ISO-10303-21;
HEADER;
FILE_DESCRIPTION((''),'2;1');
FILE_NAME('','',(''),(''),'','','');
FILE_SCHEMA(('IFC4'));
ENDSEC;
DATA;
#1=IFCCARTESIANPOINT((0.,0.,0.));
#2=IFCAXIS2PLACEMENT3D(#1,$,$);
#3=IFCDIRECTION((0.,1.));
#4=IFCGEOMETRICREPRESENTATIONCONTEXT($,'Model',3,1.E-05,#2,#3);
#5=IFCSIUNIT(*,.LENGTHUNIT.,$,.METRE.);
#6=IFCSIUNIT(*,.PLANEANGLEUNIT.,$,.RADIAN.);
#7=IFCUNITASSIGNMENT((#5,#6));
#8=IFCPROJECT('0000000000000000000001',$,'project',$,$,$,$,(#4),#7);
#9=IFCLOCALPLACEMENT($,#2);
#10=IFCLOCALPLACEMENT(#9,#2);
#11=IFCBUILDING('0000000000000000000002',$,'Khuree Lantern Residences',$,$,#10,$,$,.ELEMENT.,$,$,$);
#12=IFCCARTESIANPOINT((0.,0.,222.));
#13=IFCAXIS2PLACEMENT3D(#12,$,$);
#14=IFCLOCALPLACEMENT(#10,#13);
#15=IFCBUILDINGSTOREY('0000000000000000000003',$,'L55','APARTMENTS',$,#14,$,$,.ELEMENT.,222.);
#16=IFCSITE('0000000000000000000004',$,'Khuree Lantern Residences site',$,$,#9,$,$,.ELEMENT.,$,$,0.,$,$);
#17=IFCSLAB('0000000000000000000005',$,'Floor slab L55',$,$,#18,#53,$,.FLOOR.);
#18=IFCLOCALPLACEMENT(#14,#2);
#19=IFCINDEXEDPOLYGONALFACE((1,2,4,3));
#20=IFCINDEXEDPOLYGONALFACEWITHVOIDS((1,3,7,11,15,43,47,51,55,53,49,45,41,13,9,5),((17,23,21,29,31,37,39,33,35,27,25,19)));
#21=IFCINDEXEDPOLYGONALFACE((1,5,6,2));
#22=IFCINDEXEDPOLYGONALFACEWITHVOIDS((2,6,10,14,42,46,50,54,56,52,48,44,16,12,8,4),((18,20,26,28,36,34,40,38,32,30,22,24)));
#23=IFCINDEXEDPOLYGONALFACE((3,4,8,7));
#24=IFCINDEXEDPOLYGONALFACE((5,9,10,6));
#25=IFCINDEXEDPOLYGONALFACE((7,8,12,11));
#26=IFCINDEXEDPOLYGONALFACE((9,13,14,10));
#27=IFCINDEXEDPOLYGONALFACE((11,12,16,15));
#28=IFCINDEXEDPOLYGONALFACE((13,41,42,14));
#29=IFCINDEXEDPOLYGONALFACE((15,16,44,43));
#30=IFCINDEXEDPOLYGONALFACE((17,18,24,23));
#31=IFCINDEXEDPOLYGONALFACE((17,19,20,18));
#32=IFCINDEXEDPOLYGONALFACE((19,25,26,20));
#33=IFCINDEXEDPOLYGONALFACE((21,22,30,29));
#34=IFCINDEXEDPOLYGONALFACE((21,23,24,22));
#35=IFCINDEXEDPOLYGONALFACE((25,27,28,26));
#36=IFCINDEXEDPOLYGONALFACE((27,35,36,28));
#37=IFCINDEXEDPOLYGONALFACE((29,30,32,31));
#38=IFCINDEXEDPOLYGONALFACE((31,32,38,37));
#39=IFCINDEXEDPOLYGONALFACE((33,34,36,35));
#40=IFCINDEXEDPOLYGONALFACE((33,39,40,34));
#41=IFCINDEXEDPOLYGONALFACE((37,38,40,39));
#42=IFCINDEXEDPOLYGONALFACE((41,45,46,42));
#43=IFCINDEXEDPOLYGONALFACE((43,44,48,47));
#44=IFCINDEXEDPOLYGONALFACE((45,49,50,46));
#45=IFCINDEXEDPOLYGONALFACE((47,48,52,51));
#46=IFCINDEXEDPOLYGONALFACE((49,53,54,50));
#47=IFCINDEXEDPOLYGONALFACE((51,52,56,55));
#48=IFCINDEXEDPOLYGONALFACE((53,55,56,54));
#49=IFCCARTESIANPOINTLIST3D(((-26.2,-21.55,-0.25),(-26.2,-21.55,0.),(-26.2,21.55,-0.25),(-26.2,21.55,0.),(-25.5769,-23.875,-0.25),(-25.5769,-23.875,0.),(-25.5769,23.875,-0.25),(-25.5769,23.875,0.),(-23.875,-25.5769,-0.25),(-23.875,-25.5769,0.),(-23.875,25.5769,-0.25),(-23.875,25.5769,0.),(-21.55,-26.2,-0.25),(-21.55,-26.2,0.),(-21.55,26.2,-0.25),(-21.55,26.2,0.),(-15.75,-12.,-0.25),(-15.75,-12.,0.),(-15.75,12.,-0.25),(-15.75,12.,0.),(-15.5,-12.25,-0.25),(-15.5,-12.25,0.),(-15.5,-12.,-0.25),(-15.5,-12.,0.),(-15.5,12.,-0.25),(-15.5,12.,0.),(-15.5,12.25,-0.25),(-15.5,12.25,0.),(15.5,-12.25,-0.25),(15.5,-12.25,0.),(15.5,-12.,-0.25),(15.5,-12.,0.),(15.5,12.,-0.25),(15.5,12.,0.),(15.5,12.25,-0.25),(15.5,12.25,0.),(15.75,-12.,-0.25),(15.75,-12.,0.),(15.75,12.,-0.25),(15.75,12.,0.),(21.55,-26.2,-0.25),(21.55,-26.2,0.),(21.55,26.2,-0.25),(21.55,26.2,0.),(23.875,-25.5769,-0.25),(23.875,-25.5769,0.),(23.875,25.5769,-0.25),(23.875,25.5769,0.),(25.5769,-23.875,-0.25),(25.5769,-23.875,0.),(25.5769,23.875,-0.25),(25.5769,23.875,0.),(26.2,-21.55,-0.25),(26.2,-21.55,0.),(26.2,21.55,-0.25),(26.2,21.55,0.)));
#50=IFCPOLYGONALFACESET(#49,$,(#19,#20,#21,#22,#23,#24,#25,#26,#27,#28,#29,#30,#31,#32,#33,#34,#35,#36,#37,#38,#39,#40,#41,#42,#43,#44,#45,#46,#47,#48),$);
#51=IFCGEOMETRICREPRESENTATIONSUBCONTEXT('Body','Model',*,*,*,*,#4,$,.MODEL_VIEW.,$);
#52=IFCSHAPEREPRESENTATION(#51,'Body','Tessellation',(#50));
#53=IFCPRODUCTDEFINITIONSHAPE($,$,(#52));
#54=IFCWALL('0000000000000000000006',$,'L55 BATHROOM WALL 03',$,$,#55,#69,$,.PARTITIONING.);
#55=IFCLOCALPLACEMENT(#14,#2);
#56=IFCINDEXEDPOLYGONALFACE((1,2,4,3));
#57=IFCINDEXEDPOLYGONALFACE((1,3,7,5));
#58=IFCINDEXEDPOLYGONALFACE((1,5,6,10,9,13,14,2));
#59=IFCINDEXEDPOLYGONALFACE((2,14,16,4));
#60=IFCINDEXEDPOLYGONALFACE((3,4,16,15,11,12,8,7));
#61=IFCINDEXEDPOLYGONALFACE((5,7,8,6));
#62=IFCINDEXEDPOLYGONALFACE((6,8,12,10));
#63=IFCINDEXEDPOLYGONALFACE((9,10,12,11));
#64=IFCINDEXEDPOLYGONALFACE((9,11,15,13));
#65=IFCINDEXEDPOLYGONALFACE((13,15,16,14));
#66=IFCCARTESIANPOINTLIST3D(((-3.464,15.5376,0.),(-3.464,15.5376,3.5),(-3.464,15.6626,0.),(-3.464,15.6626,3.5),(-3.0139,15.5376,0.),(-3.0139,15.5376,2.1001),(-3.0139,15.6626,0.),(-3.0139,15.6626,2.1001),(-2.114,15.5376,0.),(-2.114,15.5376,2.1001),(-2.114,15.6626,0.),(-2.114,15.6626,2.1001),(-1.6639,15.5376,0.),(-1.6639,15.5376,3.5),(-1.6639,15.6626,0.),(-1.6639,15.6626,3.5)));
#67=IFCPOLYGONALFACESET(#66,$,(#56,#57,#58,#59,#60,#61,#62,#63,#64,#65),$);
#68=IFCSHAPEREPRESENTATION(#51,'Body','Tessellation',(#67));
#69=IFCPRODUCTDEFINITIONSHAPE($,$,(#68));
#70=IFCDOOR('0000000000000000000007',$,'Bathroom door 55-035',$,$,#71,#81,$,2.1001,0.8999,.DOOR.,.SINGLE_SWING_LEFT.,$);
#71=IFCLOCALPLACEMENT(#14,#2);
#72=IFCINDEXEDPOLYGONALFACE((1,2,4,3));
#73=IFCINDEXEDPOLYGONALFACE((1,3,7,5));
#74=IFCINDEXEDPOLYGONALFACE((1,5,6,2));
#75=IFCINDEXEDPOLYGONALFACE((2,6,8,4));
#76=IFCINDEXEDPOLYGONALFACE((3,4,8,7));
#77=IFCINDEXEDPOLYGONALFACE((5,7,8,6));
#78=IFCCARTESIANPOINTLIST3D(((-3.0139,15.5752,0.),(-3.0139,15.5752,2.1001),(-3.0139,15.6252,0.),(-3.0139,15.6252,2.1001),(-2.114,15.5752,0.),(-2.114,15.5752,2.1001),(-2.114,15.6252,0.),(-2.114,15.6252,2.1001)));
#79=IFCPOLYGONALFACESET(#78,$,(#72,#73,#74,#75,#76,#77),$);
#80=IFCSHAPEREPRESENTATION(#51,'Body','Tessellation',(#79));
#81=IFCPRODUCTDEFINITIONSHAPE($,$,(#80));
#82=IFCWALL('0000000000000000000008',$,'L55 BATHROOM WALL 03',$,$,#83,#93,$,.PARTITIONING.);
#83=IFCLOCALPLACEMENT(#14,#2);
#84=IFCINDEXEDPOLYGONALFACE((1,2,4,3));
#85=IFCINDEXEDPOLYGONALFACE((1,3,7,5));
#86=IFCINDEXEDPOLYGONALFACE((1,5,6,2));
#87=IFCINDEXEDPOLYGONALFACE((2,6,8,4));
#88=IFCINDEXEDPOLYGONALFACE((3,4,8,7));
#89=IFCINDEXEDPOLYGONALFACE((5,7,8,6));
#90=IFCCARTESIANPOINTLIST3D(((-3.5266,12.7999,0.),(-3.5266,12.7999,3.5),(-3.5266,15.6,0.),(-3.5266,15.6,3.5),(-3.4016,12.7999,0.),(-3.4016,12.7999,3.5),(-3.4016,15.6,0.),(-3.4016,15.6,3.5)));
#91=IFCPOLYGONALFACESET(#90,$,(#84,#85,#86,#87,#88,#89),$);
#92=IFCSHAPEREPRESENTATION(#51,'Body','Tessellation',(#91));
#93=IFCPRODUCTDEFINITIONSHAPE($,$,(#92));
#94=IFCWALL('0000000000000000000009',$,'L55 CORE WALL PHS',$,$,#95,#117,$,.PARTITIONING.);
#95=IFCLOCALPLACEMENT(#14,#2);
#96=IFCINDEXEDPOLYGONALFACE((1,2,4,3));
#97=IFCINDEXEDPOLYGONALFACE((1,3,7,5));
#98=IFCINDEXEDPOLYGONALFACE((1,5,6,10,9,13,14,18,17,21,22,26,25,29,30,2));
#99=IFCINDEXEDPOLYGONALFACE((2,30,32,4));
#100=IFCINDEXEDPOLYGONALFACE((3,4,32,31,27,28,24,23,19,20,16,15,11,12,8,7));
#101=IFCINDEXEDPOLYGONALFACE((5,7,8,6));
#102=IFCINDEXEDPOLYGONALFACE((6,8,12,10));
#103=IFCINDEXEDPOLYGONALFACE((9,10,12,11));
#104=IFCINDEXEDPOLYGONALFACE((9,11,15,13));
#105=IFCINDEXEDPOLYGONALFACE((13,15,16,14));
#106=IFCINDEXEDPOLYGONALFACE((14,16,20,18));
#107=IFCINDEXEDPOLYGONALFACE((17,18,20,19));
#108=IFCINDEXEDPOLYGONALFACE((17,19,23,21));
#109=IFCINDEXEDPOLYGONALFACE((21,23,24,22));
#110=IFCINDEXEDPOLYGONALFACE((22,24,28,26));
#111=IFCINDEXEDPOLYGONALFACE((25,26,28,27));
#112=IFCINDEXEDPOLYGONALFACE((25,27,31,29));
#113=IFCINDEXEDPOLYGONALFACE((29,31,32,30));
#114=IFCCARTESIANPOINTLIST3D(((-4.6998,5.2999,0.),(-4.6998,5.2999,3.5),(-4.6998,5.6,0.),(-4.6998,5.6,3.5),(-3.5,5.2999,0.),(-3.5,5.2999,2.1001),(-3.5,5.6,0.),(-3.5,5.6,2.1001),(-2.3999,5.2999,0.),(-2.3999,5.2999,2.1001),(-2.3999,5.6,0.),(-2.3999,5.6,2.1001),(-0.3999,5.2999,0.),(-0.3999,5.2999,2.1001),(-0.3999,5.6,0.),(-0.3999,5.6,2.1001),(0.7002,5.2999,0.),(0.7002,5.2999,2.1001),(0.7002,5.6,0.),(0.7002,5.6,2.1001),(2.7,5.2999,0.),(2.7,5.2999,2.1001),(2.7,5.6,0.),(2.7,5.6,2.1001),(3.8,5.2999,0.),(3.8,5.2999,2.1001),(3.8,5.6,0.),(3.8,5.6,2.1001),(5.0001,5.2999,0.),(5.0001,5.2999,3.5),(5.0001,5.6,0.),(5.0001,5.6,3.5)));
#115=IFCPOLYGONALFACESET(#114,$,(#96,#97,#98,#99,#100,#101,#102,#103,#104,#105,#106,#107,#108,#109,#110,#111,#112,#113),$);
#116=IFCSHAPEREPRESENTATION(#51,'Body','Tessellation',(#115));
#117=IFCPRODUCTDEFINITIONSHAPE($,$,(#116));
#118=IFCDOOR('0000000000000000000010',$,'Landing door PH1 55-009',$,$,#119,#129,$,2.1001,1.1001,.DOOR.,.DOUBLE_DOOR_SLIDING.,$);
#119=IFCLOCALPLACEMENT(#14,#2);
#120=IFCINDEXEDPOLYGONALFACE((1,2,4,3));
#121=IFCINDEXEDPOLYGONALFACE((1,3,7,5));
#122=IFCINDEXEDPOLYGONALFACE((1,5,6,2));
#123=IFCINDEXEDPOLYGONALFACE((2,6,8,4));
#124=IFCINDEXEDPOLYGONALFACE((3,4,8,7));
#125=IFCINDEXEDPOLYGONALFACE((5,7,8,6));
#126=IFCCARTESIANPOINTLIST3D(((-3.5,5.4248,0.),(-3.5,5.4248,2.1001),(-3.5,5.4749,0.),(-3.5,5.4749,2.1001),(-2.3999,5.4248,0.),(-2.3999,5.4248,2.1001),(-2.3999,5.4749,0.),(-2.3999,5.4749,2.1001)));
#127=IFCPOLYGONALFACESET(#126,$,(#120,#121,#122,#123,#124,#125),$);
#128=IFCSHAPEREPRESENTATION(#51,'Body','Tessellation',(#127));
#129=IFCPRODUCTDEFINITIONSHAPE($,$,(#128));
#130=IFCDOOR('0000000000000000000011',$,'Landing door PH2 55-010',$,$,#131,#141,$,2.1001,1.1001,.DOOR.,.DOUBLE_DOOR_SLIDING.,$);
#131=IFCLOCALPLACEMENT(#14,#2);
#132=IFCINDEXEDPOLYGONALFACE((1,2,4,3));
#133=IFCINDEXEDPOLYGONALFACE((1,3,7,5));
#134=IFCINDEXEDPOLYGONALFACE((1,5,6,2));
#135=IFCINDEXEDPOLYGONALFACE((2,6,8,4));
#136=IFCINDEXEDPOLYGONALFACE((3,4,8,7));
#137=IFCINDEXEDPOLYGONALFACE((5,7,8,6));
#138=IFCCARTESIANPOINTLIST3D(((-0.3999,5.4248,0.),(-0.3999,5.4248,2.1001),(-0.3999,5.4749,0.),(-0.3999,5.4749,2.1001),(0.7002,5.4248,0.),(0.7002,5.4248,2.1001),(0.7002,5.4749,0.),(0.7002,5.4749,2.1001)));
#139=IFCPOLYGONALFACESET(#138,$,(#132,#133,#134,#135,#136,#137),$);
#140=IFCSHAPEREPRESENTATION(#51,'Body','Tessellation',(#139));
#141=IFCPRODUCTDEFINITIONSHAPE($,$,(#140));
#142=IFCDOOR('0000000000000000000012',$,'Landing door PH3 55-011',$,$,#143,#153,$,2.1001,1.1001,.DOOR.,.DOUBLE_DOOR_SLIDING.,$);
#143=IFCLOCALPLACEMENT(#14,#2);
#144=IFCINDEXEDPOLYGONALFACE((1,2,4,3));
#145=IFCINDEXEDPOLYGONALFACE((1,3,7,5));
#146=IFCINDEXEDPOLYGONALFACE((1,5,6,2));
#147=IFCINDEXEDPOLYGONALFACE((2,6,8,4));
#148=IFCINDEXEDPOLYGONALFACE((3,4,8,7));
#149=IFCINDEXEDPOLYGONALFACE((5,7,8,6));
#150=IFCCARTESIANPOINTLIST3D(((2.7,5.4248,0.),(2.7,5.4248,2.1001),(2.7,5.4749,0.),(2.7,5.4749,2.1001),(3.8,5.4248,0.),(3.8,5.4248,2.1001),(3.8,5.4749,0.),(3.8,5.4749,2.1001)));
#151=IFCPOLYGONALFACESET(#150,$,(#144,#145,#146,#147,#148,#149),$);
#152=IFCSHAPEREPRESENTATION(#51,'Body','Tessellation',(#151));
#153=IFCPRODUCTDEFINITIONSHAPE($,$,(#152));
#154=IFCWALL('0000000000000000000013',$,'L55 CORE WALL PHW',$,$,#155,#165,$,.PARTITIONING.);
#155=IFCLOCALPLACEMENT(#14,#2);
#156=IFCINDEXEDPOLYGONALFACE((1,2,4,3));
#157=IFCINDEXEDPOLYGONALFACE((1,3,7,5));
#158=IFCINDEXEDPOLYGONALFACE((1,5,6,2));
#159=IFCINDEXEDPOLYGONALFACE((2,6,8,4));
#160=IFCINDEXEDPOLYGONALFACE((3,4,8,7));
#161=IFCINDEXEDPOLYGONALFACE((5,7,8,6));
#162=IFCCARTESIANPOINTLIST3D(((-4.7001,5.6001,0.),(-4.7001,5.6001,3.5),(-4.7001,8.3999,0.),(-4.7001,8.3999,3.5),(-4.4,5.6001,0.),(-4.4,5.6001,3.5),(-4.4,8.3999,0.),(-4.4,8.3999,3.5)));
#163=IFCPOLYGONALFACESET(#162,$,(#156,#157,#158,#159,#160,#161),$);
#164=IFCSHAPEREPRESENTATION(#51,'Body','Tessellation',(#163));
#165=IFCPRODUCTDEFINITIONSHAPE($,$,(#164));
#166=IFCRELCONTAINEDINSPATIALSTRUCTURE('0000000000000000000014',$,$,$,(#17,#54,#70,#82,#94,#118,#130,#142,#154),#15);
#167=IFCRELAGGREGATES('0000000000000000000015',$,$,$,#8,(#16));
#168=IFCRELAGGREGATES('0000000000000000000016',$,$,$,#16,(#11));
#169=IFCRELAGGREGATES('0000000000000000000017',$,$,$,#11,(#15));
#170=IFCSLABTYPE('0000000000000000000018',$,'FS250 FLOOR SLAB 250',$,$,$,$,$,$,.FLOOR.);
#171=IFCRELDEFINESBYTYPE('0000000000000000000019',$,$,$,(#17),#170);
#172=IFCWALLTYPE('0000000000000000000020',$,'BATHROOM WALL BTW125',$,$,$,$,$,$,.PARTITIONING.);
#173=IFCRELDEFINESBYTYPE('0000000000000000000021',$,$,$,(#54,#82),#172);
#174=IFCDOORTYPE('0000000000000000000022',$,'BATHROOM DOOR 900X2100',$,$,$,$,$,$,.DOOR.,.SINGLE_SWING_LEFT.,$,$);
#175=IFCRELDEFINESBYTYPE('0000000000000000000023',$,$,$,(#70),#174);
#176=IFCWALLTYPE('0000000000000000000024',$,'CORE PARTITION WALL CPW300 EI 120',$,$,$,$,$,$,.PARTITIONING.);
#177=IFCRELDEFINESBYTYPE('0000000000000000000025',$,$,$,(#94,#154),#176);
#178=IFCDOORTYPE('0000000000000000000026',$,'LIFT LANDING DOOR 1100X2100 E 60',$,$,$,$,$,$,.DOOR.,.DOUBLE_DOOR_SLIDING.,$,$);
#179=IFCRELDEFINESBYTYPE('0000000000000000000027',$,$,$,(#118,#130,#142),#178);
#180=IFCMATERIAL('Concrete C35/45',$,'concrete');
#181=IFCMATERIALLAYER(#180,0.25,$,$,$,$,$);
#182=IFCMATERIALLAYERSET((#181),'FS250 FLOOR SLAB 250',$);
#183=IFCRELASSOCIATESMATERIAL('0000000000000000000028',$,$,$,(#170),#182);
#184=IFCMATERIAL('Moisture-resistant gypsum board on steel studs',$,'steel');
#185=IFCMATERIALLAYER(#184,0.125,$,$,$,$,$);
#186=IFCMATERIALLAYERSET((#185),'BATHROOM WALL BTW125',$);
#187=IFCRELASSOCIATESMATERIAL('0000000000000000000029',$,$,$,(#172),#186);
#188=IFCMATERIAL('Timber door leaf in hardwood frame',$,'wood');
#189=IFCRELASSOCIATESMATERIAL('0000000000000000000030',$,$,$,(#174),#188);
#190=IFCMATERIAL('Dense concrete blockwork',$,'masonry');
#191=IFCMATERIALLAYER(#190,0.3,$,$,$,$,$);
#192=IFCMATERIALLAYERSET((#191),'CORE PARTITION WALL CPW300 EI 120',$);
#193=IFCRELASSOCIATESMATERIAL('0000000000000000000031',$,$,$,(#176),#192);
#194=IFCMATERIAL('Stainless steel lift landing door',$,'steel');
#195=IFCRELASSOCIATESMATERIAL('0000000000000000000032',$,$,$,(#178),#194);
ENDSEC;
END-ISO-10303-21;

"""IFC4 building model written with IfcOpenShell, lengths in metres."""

from ifc_helpers import new_model, si_unit, direction, frame, frame_2d, origin, place, context, subcontext, project, spatial, polyline, rectangle, outline, extrude, material, layer, layer_set, type_object, element, fill, save


model = new_model("IFC4")

# Units and contexts
model_context = context("Model", 3, precision=1e-05, world=origin(), true_north=direction((0.0, 1.0)))
body_context = subcontext(model_context, "Body", "Model", "MODEL_VIEW")
ifc_project = project(units=[si_unit("LENGTHUNIT", "METRE"), si_unit("PLANEANGLEUNIT", "RADIAN")], contexts=[model_context])

# Site, building, storey
site_placement = place(None, origin())
site = spatial("IfcSite", under=ifc_project, at=site_placement, Name="Khuree Lantern Residences site", CompositionType="ELEMENT", RefElevation=0.0)
building_placement = place(site_placement, origin())
building = spatial("IfcBuilding", under=site, at=building_placement, Name="Khuree Lantern Residences", CompositionType="ELEMENT")
storey_placement = place(building_placement, frame((0.0, 0.0, 222.0)))
storey = spatial("IfcBuildingStorey", under=building, at=storey_placement, Name="L55", Description="APARTMENTS", CompositionType="ELEMENT", Elevation=222.0)

# Slab
ifc_material_1 = material(Name="Concrete C35/45", Category="concrete")
ifc_layer_1 = layer(ifc_material_1, 0.25)
ifc_layer_set_1 = layer_set([ifc_layer_1], Name="FS250 FLOOR SLAB 250")
slab_type = type_object("IfcSlabType", Name="FS250 FLOOR SLAB 250", PredefinedType="FLOOR", material=ifc_layer_set_1)
slab_placement = place(storey_placement, frame((0.0, 0.0, -0.25)))
element("IfcSlab", 1, at=slab_placement, inside=storey, type_object=slab_type, Name="Floor slab L55", PredefinedType="FLOOR", context=body_context, shape_type="SweptSolid", body=[
    extrude(outline(polyline([(-23.875, -25.5769), (-25.5769, -23.875), (-26.2, -21.55), (-26.2, 21.55), (-25.5769, 23.875), (-23.875, 25.5769), (-21.55, 26.2), (21.55, 26.2), (23.875, 25.5769), (25.5769, 23.875), (26.2, 21.55), (26.2, -21.55), (25.5769, -23.875), (23.875, -25.5769), (21.55, -26.2), (-21.55, -26.2), (-23.875, -25.5769)]), holes=[polyline([(15.75, 12.0), (15.5, 12.0), (15.5, 12.25), (-15.5, 12.25), (-15.5, 12.0), (-15.75, 12.0), (-15.75, -12.0), (-15.5, -12.0), (-15.5, -12.25), (15.5, -12.25), (15.5, -12.0), (15.75, -12.0), (15.75, 12.0)])]), origin(), (0.0, 0.0, 1.0), 0.25),
])

# Wall, opening, door
ifc_material_2 = material(Name="Moisture-resistant gypsum board on steel studs", Category="steel")
ifc_layer_2 = layer(ifc_material_2, 0.125)
ifc_layer_set_2 = layer_set([ifc_layer_2], Name="BATHROOM WALL BTW125")
wall_type_1 = type_object("IfcWallType", Name="BATHROOM WALL BTW125", PredefinedType="PARTITIONING", material=ifc_layer_set_2)
wall_1_placement = place(storey_placement, frame((-1.6641, 15.6001, 0.0), z_axis=(0.0, 0.0, 1.0), x_axis=(-1.0, 0.0, 0.0)))
wall_1 = element("IfcWall", 2, at=wall_1_placement, inside=storey, type_object=wall_type_1, Name="L55 BATHROOM WALL 03", PredefinedType="PARTITIONING", context=body_context, shape_type="SweptSolid", body=[
    extrude(rectangle(XDim=1.8, YDim=0.125, at=frame_2d((0.8999, 0.0))), origin(), (0.0, 0.0, 1.0), 3.5),
])
opening_1_placement = place(wall_1_placement, frame((0.45, 0.0, 0.0)))
opening_1 = element("IfcOpeningElement", 3, at=opening_1_placement, cuts=wall_1, PredefinedType="OPENING", context=body_context, shape_type="SweptSolid", body=[
    extrude(rectangle(XDim=0.8999, YDim=2.1001, at=frame_2d((0.45, 1.05))), frame((0.0, 0.0725, 0.0), z_axis=(0.0, -1.0, 0.0), x_axis=(1.0, 0.0, 0.0)), (0.0, 0.0, 1.0), 0.145),
])
ifc_material_3 = material(Name="Timber door leaf in hardwood frame", Category="wood")
door_type_1 = type_object("IfcDoorType", Name="BATHROOM DOOR 900X2100", OperationType="SINGLE_SWING_LEFT", PredefinedType="DOOR", material=ifc_material_3)
door_1_placement = place(opening_1_placement, origin())
door_1 = element("IfcDoor", 4, at=door_1_placement, inside=storey, type_object=door_type_1, Name="Bathroom door 55-035", OperationType="SINGLE_SWING_LEFT", OverallHeight=2.1001, OverallWidth=0.8999, PredefinedType="DOOR", context=body_context, shape_type="SweptSolid", body=[
    extrude(rectangle(XDim=0.8999, YDim=2.1001, at=frame_2d((0.45, 1.05))), frame((0.0, 0.0249, 0.0), z_axis=(0.0, -1.0, 0.0), x_axis=(1.0, 0.0, 0.0)), (0.0, 0.0, 1.0), 0.05),
])
fill(opening_1, door_1)

# Wall
wall_2_placement = place(storey_placement, frame((-3.4641, 12.8, 0.0), z_axis=(0.0, 0.0, 1.0), x_axis=(0.0, 1.0, 0.0)))
element("IfcWall", 5, at=wall_2_placement, inside=storey, type_object=wall_type_1, Name="L55 BATHROOM WALL 03", PredefinedType="PARTITIONING", context=body_context, shape_type="SweptSolid", body=[
    extrude(rectangle(XDim=2.8, YDim=0.125, at=frame_2d((1.3999, 0.0))), origin(), (0.0, 0.0, 1.0), 3.5),
])

# Wall, openings, doors
ifc_material_4 = material(Name="Dense concrete blockwork", Category="masonry")
ifc_layer_3 = layer(ifc_material_4, 0.3)
ifc_layer_set_3 = layer_set([ifc_layer_3], Name="CORE PARTITION WALL CPW300 EI 120")
wall_type_2 = type_object("IfcWallType", Name="CORE PARTITION WALL CPW300 EI 120", PredefinedType="PARTITIONING", material=ifc_layer_set_3)
wall_3_placement = place(storey_placement, frame((-4.7, 5.45, 0.0), z_axis=(0.0, 0.0, 1.0), x_axis=(1.0, 0.0, 0.0)))
wall_3 = element("IfcWall", 6, at=wall_3_placement, inside=storey, type_object=wall_type_2, Name="L55 CORE WALL PHS", PredefinedType="PARTITIONING", context=body_context, shape_type="SweptSolid", body=[
    extrude(rectangle(XDim=9.7, YDim=0.3, at=frame_2d((4.8501, 0.0))), origin(), (0.0, 0.0, 1.0), 3.5),
])
opening_2_placement = place(wall_3_placement, frame((1.2, 0.0, 0.0)))
opening_2 = element("IfcOpeningElement", 7, at=opening_2_placement, cuts=wall_3, PredefinedType="OPENING", context=body_context, shape_type="SweptSolid", body=[
    extrude(rectangle(XDim=1.1001, YDim=2.1001, at=frame_2d((0.55, 1.05))), frame((0.0, 0.1602, 0.0), z_axis=(0.0, -1.0, 0.0), x_axis=(1.0, 0.0, 0.0)), (0.0, 0.0, 1.0), 0.3201),
])
opening_3_placement = place(wall_3_placement, frame((4.3, 0.0, 0.0)))
opening_3 = element("IfcOpeningElement", 8, at=opening_3_placement, cuts=wall_3, PredefinedType="OPENING", context=body_context, shape_type="SweptSolid", body=[
    extrude(rectangle(XDim=1.1001, YDim=2.1001, at=frame_2d((0.55, 1.05))), frame((0.0, 0.1602, 0.0), z_axis=(0.0, -1.0, 0.0), x_axis=(1.0, 0.0, 0.0)), (0.0, 0.0, 1.0), 0.3201),
])
opening_4_placement = place(wall_3_placement, frame((7.3999, 0.0, 0.0)))
opening_4 = element("IfcOpeningElement", 9, at=opening_4_placement, cuts=wall_3, PredefinedType="OPENING", context=body_context, shape_type="SweptSolid", body=[
    extrude(rectangle(XDim=1.1001, YDim=2.1001, at=frame_2d((0.55, 1.05))), frame((0.0, 0.1602, 0.0), z_axis=(0.0, -1.0, 0.0), x_axis=(1.0, 0.0, 0.0)), (0.0, 0.0, 1.0), 0.3201),
])
ifc_material_5 = material(Name="Stainless steel lift landing door", Category="steel")
door_type_2 = type_object("IfcDoorType", Name="LIFT LANDING DOOR 1100X2100 E 60", OperationType="DOUBLE_DOOR_SLIDING", PredefinedType="DOOR", material=ifc_material_5)
door_2_placement = place(opening_2_placement, origin())
door_2 = element("IfcDoor", 10, at=door_2_placement, inside=storey, type_object=door_type_2, Name="Landing door PH1 55-009", OperationType="DOUBLE_DOOR_SLIDING", OverallHeight=2.1001, OverallWidth=1.1001, PredefinedType="DOOR", context=body_context, shape_type="SweptSolid", body=[
    extrude(rectangle(XDim=1.1001, YDim=2.1001, at=frame_2d((0.55, 1.05))), frame((0.0, 0.0249, 0.0), z_axis=(0.0, -1.0, 0.0), x_axis=(1.0, 0.0, 0.0)), (0.0, 0.0, 1.0), 0.05),
])
fill(opening_2, door_2)
door_3_placement = place(opening_3_placement, origin())
door_3 = element("IfcDoor", 11, at=door_3_placement, inside=storey, type_object=door_type_2, Name="Landing door PH2 55-010", OperationType="DOUBLE_DOOR_SLIDING", OverallHeight=2.1001, OverallWidth=1.1001, PredefinedType="DOOR", context=body_context, shape_type="SweptSolid", body=[
    extrude(rectangle(XDim=1.1001, YDim=2.1001, at=frame_2d((0.55, 1.05))), frame((0.0, 0.0249, 0.0), z_axis=(0.0, -1.0, 0.0), x_axis=(1.0, 0.0, 0.0)), (0.0, 0.0, 1.0), 0.05),
])
fill(opening_3, door_3)
door_4_placement = place(opening_4_placement, origin())
door_4 = element("IfcDoor", 12, at=door_4_placement, inside=storey, type_object=door_type_2, Name="Landing door PH3 55-011", OperationType="DOUBLE_DOOR_SLIDING", OverallHeight=2.1001, OverallWidth=1.1001, PredefinedType="DOOR", context=body_context, shape_type="SweptSolid", body=[
    extrude(rectangle(XDim=1.1001, YDim=2.1001, at=frame_2d((0.55, 1.05))), frame((0.0, 0.0249, 0.0), z_axis=(0.0, -1.0, 0.0), x_axis=(1.0, 0.0, 0.0)), (0.0, 0.0, 1.0), 0.05),
])
fill(opening_4, door_4)

# Wall
wall_4_placement = place(storey_placement, frame((-4.55, 5.6001, 0.0), z_axis=(0.0, 0.0, 1.0), x_axis=(0.0, 1.0, 0.0)))
element("IfcWall", 13, at=wall_4_placement, inside=storey, type_object=wall_type_2, Name="L55 CORE WALL PHW", PredefinedType="PARTITIONING", context=body_context, shape_type="SweptSolid", body=[
    extrude(rectangle(XDim=2.7998, YDim=0.3, at=frame_2d((1.3999, 0.0))), origin(), (0.0, 0.0, 1.0), 3.5),
])

save(model, "model.ifc")
